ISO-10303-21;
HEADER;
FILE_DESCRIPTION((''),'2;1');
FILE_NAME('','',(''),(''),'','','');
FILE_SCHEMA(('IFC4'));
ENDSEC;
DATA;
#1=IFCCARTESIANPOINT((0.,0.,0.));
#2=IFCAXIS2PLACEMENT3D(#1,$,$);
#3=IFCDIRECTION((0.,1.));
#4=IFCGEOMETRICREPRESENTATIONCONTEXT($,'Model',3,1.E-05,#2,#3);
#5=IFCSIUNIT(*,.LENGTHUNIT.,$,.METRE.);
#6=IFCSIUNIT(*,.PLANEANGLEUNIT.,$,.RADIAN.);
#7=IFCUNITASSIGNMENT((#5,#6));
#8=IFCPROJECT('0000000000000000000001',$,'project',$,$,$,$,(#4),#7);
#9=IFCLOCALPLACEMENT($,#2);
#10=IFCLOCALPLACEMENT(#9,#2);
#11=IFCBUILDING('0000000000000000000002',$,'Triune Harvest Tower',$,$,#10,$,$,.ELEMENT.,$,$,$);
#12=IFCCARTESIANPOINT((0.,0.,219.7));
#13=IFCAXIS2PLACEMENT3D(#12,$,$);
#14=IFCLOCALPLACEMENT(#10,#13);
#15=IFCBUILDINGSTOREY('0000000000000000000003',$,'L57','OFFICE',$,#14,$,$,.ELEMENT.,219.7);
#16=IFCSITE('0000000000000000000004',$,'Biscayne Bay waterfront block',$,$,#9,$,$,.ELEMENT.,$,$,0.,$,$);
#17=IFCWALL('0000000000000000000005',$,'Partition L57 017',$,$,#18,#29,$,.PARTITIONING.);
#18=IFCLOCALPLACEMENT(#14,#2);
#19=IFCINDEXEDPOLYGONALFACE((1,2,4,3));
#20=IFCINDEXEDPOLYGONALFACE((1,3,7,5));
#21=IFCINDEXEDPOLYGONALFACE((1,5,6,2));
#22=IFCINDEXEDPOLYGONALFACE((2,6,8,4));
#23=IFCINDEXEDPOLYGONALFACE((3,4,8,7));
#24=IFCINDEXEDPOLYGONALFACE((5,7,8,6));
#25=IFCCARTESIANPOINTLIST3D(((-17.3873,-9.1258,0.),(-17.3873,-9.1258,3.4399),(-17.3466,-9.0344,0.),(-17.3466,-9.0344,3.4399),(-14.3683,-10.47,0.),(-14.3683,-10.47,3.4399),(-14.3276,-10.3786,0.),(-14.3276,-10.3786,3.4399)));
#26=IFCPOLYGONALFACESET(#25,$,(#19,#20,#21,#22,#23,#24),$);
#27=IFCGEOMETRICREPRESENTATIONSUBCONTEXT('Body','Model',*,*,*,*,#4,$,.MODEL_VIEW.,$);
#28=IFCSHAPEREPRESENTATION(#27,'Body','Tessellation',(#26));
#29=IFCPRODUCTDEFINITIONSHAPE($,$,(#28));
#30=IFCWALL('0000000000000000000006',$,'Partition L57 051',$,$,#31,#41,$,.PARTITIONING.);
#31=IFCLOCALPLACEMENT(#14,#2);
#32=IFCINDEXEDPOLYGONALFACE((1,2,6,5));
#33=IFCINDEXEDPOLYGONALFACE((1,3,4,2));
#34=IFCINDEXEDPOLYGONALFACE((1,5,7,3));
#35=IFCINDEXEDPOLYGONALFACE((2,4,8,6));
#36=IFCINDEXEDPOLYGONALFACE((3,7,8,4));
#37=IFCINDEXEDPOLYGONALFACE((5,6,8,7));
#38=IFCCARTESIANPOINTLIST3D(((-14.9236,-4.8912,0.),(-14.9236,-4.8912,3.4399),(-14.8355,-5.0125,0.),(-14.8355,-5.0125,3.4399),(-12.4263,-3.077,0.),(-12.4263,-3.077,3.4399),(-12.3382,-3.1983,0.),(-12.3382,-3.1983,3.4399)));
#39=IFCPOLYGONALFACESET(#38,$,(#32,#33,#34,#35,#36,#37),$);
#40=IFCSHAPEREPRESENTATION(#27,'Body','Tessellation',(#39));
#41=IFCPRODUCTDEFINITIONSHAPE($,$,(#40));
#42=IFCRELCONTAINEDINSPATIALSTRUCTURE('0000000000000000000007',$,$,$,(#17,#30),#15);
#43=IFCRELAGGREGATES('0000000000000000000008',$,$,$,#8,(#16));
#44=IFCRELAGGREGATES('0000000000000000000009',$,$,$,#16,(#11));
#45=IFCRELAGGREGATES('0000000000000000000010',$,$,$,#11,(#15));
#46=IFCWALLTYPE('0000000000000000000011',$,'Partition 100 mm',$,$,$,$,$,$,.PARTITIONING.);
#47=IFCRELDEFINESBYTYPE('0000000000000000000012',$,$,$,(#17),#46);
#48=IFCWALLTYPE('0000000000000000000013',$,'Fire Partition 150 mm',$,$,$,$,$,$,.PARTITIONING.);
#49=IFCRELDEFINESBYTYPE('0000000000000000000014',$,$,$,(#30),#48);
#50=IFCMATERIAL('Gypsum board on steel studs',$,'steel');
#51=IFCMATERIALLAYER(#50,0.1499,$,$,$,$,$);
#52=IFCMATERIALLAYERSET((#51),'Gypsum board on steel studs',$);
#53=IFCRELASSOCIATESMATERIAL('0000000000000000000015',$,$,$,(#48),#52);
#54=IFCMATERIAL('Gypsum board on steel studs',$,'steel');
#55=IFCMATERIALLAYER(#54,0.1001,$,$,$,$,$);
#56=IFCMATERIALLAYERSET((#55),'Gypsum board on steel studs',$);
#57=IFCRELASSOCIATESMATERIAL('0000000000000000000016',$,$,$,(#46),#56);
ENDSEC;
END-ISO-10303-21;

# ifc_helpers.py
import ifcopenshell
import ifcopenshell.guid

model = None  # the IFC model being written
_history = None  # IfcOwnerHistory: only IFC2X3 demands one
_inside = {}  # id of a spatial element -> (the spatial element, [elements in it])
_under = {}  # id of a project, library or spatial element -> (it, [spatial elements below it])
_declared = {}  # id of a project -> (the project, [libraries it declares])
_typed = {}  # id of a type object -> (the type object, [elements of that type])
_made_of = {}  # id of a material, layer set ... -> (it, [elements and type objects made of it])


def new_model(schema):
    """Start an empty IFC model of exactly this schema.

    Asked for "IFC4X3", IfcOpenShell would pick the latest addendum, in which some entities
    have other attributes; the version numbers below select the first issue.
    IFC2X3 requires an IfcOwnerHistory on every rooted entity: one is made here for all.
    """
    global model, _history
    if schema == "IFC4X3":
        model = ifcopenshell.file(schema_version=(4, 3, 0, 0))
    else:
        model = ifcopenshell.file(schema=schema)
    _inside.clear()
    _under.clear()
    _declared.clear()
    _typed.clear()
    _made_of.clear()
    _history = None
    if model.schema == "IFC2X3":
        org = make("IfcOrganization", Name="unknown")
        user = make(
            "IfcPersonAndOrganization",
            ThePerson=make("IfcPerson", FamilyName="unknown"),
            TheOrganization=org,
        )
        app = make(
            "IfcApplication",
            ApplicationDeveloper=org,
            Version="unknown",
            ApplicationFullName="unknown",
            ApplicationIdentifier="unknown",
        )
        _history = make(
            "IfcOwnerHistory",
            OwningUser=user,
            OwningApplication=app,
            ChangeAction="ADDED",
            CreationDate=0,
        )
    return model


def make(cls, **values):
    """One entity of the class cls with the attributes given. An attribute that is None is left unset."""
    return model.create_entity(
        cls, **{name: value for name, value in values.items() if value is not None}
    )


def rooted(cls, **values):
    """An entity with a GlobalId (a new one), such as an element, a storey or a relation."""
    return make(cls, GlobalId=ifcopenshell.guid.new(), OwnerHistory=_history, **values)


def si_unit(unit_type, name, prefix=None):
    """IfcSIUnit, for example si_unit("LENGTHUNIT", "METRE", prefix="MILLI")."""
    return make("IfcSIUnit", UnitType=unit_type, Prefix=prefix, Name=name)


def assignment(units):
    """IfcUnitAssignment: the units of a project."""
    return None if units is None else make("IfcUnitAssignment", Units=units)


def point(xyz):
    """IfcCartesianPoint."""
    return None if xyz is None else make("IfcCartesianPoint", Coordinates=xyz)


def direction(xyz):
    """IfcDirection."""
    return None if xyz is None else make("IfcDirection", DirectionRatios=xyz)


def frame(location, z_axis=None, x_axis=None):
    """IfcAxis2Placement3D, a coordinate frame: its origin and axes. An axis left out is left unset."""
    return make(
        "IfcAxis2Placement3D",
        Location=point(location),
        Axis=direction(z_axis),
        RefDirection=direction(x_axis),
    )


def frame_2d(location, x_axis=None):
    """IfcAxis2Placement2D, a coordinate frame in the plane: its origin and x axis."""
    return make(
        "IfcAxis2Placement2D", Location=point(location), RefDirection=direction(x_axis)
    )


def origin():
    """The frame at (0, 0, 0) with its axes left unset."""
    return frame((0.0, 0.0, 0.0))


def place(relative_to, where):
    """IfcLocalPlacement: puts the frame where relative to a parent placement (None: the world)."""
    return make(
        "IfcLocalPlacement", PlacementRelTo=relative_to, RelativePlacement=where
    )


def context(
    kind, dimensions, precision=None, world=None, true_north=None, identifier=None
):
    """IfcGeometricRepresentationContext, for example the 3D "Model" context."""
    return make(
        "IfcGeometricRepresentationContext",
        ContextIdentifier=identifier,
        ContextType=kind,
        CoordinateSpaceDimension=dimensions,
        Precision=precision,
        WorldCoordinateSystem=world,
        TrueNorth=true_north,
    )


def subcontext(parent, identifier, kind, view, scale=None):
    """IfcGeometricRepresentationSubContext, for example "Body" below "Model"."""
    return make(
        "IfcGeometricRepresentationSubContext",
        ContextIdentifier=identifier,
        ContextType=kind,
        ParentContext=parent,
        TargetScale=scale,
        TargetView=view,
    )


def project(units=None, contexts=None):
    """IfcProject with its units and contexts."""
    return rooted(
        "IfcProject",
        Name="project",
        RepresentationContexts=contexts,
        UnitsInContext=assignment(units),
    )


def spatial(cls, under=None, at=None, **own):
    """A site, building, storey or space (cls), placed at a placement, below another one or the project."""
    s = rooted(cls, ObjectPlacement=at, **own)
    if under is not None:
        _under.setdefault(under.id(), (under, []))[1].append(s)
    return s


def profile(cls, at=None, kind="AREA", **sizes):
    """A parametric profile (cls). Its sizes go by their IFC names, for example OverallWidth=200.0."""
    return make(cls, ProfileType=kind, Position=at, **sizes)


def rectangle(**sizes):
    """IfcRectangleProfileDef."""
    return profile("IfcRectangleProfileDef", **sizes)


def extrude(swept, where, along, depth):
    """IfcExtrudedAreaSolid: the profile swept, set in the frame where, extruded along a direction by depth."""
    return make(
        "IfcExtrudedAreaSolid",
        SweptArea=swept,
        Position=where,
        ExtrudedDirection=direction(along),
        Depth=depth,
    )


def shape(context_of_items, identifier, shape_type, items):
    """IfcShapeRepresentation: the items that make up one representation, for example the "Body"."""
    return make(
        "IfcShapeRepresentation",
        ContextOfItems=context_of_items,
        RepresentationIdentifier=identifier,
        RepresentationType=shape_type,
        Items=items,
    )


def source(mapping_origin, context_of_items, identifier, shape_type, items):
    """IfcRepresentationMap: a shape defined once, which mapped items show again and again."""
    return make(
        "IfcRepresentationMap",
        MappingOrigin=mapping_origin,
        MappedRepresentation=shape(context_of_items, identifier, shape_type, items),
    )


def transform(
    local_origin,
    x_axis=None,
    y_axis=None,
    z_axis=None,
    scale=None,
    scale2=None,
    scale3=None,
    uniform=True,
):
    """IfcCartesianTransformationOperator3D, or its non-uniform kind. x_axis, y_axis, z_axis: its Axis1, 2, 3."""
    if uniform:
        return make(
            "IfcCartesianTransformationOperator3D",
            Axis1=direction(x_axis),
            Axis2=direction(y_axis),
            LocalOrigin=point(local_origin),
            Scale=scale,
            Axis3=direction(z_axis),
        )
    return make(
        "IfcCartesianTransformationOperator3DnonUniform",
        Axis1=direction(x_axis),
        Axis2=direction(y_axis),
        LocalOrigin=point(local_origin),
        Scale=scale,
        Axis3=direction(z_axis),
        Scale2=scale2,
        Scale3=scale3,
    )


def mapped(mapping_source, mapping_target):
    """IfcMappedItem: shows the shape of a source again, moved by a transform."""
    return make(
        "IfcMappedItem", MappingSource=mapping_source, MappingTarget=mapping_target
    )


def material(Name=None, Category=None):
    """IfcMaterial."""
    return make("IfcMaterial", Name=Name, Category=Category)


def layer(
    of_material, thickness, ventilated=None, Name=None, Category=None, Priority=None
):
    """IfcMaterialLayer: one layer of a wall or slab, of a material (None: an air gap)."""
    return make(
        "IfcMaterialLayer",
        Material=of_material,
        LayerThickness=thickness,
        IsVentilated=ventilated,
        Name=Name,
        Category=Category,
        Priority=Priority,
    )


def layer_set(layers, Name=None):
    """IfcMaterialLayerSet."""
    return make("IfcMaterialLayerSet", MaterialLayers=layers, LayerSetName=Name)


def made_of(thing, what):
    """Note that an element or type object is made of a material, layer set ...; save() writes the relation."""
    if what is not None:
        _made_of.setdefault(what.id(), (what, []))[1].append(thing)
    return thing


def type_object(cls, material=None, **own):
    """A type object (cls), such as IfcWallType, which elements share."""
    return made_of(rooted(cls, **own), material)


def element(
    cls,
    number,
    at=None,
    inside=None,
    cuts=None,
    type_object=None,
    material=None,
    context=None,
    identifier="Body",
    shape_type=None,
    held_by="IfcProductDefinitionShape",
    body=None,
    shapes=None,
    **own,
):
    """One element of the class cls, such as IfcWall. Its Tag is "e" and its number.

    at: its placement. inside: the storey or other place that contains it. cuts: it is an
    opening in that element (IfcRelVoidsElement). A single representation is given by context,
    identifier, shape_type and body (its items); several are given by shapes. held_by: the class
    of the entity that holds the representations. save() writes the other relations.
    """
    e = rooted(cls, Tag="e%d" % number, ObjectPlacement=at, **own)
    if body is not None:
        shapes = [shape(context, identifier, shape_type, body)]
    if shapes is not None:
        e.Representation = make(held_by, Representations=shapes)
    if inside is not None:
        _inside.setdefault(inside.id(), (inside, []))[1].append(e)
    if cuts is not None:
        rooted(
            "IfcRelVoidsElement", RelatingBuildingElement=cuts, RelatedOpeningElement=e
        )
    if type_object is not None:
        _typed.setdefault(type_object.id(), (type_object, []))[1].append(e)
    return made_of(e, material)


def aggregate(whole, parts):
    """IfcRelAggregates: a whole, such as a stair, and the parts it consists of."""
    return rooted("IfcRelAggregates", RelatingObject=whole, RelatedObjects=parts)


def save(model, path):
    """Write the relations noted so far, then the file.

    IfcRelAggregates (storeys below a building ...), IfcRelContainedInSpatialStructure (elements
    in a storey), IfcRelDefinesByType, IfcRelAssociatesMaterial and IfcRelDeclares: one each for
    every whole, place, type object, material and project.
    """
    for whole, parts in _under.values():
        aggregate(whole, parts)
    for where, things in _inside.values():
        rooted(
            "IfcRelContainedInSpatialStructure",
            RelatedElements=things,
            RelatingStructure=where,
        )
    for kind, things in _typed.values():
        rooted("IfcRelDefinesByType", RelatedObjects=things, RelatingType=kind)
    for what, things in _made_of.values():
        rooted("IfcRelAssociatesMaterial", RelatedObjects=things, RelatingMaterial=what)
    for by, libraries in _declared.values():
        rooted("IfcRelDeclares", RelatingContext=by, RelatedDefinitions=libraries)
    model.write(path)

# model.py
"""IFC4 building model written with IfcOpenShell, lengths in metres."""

from ifc_helpers import new_model, si_unit, direction, frame, frame_2d, origin, place, context, subcontext, project, spatial, rectangle, extrude, source, transform, mapped, material, layer, layer_set, type_object, element, save


model = new_model("IFC4")

# Units and contexts
model_context = context("Model", 3, precision=1e-05, world=origin(), true_north=direction((0.0, 1.0)))
body_context = subcontext(model_context, "Body", "Model", "MODEL_VIEW")
ifc_project = project(units=[si_unit("LENGTHUNIT", "METRE"), si_unit("PLANEANGLEUNIT", "RADIAN")], contexts=[model_context])

# Site, building, storey
site_placement = place(None, origin())
site = spatial("IfcSite", under=ifc_project, at=site_placement, Name="Biscayne Bay waterfront block", CompositionType="ELEMENT", RefElevation=0.0)
building_placement = place(site_placement, origin())
building = spatial("IfcBuilding", under=site, at=building_placement, Name="Triune Harvest Tower", CompositionType="ELEMENT")
storey_placement = place(building_placement, frame((0.0, 0.0, 219.7)))
storey = spatial("IfcBuildingStorey", under=building, at=storey_placement, Name="L57", Description="OFFICE", CompositionType="ELEMENT", Elevation=219.7)

# Shared definitions
ifc_material_1 = material(Name="Gypsum board on steel studs", Category="steel")
ifc_layer_1 = layer(ifc_material_1, 0.1499)
ifc_layer_set_1 = layer_set([ifc_layer_1], Name="Gypsum board on steel studs")
wall_type_1 = type_object("IfcWallType", Name="Fire Partition 150 mm", PredefinedType="PARTITIONING", material=ifc_layer_set_1)
ifc_material_2 = material(Name="Gypsum board on steel studs", Category="steel")
ifc_layer_2 = layer(ifc_material_2, 0.1001)
ifc_layer_set_2 = layer_set([ifc_layer_2], Name="Gypsum board on steel studs")
wall_type_2 = type_object("IfcWallType", Name="Partition 100 mm", PredefinedType="PARTITIONING", material=ifc_layer_set_2)

# Walls
shared_shape_1 = source(origin(), body_context, "Body", "SweptSolid", [
    extrude(rectangle(XDim=3.3047, YDim=0.1001, at=frame_2d((1.6523, 0.0))), origin(), (0.0, 0.0, 1.0), 3.4399),
])
wall_1_placement = place(storey_placement, frame((-17.3669, -9.0801, 0.0), z_axis=(0.0, 0.0, 1.0), x_axis=(0.913537, -0.406755, 0.0)))
element("IfcWall", 1, at=wall_1_placement, inside=storey, type_object=wall_type_2, Name="Partition L57 017", PredefinedType="PARTITIONING", context=body_context, shape_type="MappedRepresentation", body=[
    mapped(shared_shape_1, transform((0.0, 0.0, 0.0), scale=1.0)),
])
shared_shape_2 = source(origin(), body_context, "Body", "SweptSolid", [
    extrude(rectangle(XDim=3.0867, YDim=0.1499, at=frame_2d((1.5435, 0.0))), origin(), (0.0, 0.0, 1.0), 3.4399),
])
wall_2_placement = place(storey_placement, frame((-14.8796, -4.9519, 0.0), z_axis=(0.0, 0.0, 1.0), x_axis=(0.809047, 0.587744, 0.0)))
element("IfcWall", 2, at=wall_2_placement, inside=storey, type_object=wall_type_1, Name="Partition L57 051", PredefinedType="PARTITIONING", context=body_context, shape_type="MappedRepresentation", body=[
    mapped(shared_shape_2, transform((0.0, 0.0, 0.0), scale=1.0)),
])

save(model, "model.ifc")
